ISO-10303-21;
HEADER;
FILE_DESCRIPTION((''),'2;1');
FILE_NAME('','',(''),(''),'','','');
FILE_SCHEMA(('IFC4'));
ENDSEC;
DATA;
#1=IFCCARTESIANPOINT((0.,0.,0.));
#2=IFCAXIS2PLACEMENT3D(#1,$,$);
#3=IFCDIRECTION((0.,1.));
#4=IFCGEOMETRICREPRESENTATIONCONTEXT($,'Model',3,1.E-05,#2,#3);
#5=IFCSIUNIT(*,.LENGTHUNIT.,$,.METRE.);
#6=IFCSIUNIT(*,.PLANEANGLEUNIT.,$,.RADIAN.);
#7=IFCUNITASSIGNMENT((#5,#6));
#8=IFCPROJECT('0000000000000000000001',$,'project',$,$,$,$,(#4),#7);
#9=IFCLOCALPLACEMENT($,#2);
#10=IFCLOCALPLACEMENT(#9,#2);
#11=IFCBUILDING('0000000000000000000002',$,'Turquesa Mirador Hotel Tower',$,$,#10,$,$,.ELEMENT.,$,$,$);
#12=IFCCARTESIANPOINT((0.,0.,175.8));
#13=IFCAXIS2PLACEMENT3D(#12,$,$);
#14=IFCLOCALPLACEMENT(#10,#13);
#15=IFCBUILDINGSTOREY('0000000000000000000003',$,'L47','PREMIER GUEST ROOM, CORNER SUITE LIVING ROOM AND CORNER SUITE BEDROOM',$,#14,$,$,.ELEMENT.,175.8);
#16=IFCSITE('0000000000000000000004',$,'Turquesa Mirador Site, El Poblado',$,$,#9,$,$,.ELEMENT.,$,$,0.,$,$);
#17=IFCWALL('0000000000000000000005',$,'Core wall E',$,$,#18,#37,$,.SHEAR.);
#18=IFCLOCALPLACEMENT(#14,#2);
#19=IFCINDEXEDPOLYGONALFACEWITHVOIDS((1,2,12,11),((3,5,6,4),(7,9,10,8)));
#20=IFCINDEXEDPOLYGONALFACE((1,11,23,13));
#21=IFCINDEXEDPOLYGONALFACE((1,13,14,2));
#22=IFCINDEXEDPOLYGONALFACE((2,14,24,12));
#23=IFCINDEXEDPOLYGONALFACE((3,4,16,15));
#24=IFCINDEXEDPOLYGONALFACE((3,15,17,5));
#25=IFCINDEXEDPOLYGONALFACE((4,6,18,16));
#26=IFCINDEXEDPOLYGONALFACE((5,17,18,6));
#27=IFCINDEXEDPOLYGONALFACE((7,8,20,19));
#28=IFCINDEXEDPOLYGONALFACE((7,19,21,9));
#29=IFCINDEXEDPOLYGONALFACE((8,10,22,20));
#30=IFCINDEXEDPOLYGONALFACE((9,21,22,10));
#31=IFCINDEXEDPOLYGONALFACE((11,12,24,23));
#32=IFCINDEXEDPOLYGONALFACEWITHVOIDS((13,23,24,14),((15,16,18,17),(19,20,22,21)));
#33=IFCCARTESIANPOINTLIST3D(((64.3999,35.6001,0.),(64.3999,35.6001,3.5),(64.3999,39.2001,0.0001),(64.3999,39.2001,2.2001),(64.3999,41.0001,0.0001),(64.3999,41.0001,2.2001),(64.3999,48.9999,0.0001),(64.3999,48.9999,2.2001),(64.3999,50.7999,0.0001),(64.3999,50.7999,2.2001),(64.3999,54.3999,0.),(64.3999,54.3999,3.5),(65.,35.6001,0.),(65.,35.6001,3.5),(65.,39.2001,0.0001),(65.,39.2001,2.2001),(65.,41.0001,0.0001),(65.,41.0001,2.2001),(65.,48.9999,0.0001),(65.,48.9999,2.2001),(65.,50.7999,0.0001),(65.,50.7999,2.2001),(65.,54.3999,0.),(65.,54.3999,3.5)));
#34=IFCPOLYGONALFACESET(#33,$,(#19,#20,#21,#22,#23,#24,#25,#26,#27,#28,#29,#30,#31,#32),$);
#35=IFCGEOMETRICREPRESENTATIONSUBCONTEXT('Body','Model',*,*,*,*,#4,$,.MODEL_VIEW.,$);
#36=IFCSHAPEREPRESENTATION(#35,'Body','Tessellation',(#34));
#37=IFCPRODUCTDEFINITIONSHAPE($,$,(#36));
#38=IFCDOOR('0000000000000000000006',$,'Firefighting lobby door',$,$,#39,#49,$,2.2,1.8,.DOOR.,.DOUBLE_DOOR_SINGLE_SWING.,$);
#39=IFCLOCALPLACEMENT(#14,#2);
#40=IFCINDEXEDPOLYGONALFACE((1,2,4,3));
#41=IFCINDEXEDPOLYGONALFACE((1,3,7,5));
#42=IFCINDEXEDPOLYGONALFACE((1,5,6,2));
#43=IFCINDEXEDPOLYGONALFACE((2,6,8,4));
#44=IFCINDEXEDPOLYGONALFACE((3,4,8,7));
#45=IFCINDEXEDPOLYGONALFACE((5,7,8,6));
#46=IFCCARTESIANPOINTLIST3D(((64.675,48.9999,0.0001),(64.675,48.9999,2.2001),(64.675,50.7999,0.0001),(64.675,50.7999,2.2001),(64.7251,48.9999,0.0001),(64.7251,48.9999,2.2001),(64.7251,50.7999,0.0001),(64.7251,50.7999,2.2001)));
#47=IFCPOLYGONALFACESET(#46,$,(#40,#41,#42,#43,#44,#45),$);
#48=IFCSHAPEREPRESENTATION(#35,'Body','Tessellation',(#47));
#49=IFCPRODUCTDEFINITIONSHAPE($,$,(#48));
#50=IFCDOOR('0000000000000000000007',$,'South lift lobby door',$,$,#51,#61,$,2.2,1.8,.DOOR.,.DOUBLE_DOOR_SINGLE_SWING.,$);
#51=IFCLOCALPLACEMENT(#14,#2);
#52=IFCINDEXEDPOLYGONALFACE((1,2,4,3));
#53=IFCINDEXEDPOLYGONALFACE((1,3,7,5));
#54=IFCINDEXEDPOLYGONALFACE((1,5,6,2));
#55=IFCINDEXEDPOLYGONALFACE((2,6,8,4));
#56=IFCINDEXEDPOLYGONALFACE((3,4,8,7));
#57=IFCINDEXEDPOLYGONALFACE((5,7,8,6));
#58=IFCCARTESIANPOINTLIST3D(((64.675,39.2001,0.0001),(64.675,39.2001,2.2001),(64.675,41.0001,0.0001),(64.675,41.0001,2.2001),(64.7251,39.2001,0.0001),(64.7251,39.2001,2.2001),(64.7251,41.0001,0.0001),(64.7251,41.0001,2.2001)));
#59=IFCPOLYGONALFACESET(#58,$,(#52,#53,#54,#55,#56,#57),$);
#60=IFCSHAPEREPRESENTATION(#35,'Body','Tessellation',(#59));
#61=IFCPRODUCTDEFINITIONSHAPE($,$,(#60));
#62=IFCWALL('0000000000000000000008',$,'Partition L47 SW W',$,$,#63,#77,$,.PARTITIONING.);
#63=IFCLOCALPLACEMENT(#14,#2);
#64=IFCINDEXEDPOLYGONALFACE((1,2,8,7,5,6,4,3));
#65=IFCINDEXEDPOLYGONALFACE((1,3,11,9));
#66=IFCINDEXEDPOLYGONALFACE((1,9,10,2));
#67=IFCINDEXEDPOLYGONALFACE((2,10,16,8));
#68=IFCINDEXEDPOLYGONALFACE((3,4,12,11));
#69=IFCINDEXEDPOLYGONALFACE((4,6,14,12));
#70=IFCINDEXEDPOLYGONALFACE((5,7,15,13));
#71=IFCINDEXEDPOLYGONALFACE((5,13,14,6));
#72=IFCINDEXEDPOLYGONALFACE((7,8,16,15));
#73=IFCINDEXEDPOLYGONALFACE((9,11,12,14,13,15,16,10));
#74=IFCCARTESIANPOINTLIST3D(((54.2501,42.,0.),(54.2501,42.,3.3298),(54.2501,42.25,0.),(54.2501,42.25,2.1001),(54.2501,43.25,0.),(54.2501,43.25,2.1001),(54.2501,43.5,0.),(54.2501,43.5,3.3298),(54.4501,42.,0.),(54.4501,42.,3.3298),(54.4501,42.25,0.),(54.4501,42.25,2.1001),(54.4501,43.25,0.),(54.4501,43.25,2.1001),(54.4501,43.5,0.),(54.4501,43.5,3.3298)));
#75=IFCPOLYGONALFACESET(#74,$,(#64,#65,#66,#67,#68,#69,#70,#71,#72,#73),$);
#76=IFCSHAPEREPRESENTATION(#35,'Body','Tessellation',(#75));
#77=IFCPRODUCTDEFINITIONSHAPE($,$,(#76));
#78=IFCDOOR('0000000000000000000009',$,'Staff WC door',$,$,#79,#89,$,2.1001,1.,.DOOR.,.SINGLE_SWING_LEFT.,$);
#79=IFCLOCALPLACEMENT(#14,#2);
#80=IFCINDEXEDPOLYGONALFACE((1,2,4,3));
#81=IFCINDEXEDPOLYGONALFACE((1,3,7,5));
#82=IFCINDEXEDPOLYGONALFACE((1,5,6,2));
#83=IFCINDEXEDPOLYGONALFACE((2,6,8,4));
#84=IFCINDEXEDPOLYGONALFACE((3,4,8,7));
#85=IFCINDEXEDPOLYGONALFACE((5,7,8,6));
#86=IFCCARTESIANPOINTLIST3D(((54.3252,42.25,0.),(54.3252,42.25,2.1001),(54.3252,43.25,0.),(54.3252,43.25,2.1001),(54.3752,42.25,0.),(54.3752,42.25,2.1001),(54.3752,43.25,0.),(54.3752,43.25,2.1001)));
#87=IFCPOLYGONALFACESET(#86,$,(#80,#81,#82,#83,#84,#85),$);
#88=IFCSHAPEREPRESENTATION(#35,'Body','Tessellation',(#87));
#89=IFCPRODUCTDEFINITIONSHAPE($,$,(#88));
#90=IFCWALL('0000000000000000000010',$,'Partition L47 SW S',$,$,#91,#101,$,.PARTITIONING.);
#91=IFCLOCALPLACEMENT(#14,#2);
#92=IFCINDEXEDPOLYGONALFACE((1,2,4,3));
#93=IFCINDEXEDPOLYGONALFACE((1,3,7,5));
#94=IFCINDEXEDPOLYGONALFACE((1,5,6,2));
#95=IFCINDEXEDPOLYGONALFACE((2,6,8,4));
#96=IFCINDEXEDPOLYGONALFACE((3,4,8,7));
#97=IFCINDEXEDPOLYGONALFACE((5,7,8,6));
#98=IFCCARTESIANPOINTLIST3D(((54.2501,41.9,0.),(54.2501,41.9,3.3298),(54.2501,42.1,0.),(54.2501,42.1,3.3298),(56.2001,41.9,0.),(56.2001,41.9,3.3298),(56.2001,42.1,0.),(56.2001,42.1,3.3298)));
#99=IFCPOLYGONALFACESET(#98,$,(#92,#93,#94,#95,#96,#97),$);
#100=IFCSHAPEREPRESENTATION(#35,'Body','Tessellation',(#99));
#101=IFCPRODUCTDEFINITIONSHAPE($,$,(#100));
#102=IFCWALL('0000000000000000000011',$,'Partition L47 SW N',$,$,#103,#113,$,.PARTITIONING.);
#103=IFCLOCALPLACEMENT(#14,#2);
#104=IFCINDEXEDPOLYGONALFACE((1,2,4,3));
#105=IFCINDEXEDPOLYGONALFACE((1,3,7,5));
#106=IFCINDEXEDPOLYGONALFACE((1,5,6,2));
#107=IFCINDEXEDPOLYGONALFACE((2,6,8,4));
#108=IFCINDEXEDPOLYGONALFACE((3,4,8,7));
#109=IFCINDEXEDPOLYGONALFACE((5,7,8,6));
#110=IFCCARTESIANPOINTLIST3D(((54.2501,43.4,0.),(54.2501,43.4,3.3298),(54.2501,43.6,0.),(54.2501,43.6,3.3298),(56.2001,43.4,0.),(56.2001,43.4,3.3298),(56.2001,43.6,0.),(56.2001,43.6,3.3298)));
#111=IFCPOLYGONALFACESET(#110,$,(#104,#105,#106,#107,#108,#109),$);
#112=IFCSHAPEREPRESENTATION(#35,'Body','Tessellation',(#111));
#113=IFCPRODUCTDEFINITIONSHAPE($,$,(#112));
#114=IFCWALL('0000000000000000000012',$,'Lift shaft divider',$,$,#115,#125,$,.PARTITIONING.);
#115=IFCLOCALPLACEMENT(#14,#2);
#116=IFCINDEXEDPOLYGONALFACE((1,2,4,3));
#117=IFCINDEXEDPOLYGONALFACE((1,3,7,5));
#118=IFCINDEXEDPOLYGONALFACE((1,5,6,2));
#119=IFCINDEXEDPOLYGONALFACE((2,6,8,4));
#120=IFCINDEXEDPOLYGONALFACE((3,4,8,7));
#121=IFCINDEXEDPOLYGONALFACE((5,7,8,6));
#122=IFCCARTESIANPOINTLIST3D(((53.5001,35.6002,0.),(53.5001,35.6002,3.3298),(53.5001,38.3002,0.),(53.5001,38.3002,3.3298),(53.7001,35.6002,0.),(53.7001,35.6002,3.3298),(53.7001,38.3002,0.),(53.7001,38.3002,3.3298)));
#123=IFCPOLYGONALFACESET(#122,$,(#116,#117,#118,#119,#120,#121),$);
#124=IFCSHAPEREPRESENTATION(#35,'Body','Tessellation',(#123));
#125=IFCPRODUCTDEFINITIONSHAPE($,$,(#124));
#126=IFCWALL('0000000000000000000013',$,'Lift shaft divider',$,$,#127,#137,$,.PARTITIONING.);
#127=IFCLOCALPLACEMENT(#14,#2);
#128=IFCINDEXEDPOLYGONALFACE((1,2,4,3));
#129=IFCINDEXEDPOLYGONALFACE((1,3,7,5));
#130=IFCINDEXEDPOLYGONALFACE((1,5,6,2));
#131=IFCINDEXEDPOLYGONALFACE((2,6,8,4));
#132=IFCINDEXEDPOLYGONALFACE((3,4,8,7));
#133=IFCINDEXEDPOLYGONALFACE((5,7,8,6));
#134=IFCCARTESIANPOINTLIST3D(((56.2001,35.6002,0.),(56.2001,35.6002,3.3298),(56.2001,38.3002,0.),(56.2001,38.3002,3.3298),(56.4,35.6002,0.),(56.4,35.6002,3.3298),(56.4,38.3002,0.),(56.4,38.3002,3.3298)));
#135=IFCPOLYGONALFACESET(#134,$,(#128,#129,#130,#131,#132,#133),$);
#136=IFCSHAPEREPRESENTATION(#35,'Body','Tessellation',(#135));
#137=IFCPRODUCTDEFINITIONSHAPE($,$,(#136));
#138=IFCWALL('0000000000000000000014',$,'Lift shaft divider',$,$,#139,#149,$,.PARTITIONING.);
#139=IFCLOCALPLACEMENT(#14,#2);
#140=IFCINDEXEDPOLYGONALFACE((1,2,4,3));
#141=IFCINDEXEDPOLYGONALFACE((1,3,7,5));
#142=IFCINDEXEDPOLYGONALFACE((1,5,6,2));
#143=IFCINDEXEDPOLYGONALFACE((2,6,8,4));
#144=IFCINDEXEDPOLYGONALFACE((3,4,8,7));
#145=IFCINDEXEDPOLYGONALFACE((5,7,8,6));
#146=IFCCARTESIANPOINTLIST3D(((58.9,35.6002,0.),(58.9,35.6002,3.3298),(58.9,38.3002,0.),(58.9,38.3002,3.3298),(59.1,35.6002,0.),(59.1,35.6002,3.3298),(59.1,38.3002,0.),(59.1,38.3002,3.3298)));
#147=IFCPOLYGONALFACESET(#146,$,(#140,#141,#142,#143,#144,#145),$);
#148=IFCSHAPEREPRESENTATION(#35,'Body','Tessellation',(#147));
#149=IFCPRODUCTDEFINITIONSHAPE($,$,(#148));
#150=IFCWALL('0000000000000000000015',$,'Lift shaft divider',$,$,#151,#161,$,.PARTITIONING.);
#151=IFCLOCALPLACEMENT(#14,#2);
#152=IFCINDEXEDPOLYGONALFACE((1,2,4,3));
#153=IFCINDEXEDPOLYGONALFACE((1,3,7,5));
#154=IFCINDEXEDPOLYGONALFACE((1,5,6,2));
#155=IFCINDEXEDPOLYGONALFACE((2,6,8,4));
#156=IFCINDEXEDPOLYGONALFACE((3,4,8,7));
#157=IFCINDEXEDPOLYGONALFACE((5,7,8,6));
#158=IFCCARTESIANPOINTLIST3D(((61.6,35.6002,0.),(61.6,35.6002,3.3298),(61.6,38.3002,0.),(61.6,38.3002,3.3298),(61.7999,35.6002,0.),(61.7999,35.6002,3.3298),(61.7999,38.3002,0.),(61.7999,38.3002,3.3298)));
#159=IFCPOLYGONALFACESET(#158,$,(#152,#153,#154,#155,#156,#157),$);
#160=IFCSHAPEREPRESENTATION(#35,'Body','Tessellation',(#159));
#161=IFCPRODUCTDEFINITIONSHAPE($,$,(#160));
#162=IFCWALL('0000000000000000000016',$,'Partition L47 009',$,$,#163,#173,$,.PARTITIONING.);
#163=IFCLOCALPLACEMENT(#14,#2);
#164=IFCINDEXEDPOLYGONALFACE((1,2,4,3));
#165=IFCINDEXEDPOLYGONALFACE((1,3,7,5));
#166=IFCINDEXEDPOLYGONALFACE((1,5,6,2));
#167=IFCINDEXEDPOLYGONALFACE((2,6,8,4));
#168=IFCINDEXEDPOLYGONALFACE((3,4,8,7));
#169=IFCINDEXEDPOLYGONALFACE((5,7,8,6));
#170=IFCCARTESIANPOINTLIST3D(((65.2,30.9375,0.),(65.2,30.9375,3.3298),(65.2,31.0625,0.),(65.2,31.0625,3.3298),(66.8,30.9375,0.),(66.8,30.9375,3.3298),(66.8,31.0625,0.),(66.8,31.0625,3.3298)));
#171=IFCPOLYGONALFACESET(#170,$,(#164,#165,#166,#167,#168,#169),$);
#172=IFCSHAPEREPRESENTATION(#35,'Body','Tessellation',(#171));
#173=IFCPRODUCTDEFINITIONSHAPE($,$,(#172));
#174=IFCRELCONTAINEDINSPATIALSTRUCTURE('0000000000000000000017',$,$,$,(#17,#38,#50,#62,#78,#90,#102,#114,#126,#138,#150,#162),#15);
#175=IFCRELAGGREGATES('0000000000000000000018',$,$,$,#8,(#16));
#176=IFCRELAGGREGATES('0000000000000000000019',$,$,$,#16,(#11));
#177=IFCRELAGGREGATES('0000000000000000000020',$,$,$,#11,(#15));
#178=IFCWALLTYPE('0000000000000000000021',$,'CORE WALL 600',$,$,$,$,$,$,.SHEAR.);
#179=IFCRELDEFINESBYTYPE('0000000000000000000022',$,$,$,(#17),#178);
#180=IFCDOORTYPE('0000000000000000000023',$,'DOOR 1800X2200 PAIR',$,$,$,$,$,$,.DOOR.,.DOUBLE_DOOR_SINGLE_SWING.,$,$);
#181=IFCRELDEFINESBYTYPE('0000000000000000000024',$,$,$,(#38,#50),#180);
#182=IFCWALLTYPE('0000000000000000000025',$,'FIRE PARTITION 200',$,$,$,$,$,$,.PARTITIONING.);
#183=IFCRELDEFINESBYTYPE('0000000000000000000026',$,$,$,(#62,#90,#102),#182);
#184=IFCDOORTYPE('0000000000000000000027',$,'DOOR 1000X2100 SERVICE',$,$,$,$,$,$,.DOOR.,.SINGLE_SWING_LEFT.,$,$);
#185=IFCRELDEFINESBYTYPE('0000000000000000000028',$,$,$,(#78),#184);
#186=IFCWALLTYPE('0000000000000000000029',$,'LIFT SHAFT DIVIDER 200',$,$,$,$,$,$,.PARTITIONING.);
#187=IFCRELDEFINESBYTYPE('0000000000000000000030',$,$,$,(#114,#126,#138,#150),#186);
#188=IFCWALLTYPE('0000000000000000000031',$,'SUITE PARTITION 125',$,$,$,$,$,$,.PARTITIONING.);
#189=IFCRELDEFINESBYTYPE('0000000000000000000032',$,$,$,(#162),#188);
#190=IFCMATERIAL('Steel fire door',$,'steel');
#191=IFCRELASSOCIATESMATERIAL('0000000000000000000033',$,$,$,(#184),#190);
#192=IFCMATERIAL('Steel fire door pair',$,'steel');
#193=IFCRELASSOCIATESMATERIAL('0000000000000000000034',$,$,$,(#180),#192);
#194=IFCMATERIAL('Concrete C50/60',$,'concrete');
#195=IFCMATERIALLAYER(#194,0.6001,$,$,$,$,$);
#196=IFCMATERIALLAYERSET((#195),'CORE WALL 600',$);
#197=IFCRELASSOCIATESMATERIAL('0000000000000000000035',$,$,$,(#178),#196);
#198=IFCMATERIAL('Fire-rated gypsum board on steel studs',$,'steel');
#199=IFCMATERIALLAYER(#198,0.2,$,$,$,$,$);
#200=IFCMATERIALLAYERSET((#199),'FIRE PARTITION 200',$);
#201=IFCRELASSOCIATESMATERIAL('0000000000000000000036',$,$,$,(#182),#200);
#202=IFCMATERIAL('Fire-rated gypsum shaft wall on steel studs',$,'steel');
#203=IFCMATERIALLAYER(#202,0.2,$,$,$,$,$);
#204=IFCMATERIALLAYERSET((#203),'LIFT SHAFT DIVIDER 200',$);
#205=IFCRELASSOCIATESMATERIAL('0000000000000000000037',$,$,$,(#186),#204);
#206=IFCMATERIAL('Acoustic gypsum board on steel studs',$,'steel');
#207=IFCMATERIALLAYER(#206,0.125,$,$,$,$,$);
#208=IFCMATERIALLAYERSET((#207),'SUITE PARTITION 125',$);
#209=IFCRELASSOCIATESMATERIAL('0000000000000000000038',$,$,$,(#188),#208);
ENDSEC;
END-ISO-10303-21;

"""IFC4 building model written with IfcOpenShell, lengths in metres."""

from ifc_helpers import new_model, si_unit, direction, frame, frame_2d, origin, place, context, subcontext, project, spatial, rectangle, extrude, material, layer, layer_set, type_object, element, fill, save


model = new_model("IFC4")

# Units and contexts
model_context = context("Model", 3, precision=1e-05, world=origin(), true_north=direction((0.0, 1.0)))
body_context = subcontext(model_context, "Body", "Model", "MODEL_VIEW")
ifc_project = project(units=[si_unit("LENGTHUNIT", "METRE"), si_unit("PLANEANGLEUNIT", "RADIAN")], contexts=[model_context])

# Site, building, storey
site_placement = place(None, origin())
site = spatial("IfcSite", under=ifc_project, at=site_placement, Name="Turquesa Mirador Site, El Poblado", CompositionType="ELEMENT", RefElevation=0.0)
building_placement = place(site_placement, origin())
building = spatial("IfcBuilding", under=site, at=building_placement, Name="Turquesa Mirador Hotel Tower", CompositionType="ELEMENT")
storey_placement = place(building_placement, frame((0.0, 0.0, 175.8)))
storey = spatial("IfcBuildingStorey", under=building, at=storey_placement, Name="L47", Description="PREMIER GUEST ROOM, CORNER SUITE LIVING ROOM AND CORNER SUITE BEDROOM", CompositionType="ELEMENT", Elevation=175.8)

# Shared definitions
ifc_material_1 = material(Name="Steel fire door", Category="steel")
door_type_1 = type_object("IfcDoorType", Name="DOOR 1000X2100 SERVICE", OperationType="SINGLE_SWING_LEFT", PredefinedType="DOOR", material=ifc_material_1)
ifc_material_2 = material(Name="Steel fire door pair", Category="steel")
door_type_2 = type_object("IfcDoorType", Name="DOOR 1800X2200 PAIR", OperationType="DOUBLE_DOOR_SINGLE_SWING", PredefinedType="DOOR", material=ifc_material_2)

# Wall, openings, doors
ifc_material_3 = material(Name="Concrete C50/60", Category="concrete")
ifc_layer_1 = layer(ifc_material_3, 0.6001)
ifc_layer_set_1 = layer_set([ifc_layer_1], Name="CORE WALL 600")
wall_type_1 = type_object("IfcWallType", Name="CORE WALL 600", PredefinedType="SHEAR", material=ifc_layer_set_1)
wall_1_placement = place(storey_placement, frame((64.7, 35.6001, 0.0), z_axis=(0.0, 0.0, 1.0), x_axis=(0.0, 1.0, 0.0)))
wall_1 = element("IfcWall", 1, at=wall_1_placement, inside=storey, type_object=wall_type_1, Name="Core wall E", PredefinedType="SHEAR", context=body_context, shape_type="SweptSolid", body=[
    extrude(rectangle(XDim=18.7998, YDim=0.6001, at=frame_2d((9.3999, 0.0))), origin(), (0.0, 0.0, 1.0), 3.5),
])
opening_1_placement = place(wall_1_placement, frame((13.3999, 0.0, 0.0)))
opening_1 = element("IfcOpeningElement", 2, at=opening_1_placement, cuts=wall_1, PredefinedType="OPENING", context=body_context, shape_type="SweptSolid", body=[
    extrude(rectangle(XDim=1.8, YDim=2.2, at=frame_2d((0.8999, 1.1001))), frame((0.0, 0.3101, 0.0), z_axis=(0.0, -1.0, 0.0), x_axis=(1.0, 0.0, 0.0)), (0.0, 0.0, 1.0), 0.6201),
])
opening_2_placement = place(wall_1_placement, frame((3.6001, 0.0, 0.0)))
opening_2 = element("IfcOpeningElement", 3, at=opening_2_placement, cuts=wall_1, PredefinedType="OPENING", context=body_context, shape_type="SweptSolid", body=[
    extrude(rectangle(XDim=1.8, YDim=2.2, at=frame_2d((0.8999, 1.1001))), frame((0.0, 0.3101, 0.0), z_axis=(0.0, -1.0, 0.0), x_axis=(1.0, 0.0, 0.0)), (0.0, 0.0, 1.0), 0.6201),
])
door_1_placement = place(opening_1_placement, origin())
door_1 = element("IfcDoor", 4, at=door_1_placement, inside=storey, type_object=door_type_2, Name="Firefighting lobby door", OperationType="DOUBLE_DOOR_SINGLE_SWING", OverallHeight=2.2, OverallWidth=1.8, PredefinedType="DOOR", context=body_context, shape_type="SweptSolid", body=[
    extrude(rectangle(XDim=1.8, YDim=2.2, at=frame_2d((0.8999, 1.1001))), frame((0.0, 0.0249, 0.0), z_axis=(0.0, -1.0, 0.0), x_axis=(1.0, 0.0, 0.0)), (0.0, 0.0, 1.0), 0.05),
])
fill(opening_1, door_1)
door_2_placement = place(opening_2_placement, origin())
door_2 = element("IfcDoor", 5, at=door_2_placement, inside=storey, type_object=door_type_2, Name="South lift lobby door", OperationType="DOUBLE_DOOR_SINGLE_SWING", OverallHeight=2.2, OverallWidth=1.8, PredefinedType="DOOR", context=body_context, shape_type="SweptSolid", body=[
    extrude(rectangle(XDim=1.8, YDim=2.2, at=frame_2d((0.8999, 1.1001))), frame((0.0, 0.0249, 0.0), z_axis=(0.0, -1.0, 0.0), x_axis=(1.0, 0.0, 0.0)), (0.0, 0.0, 1.0), 0.05),
])
fill(opening_2, door_2)

# Wall, opening, door
ifc_material_4 = material(Name="Fire-rated gypsum board on steel studs", Category="steel")
ifc_layer_2 = layer(ifc_material_4, 0.2)
ifc_layer_set_2 = layer_set([ifc_layer_2], Name="FIRE PARTITION 200")
wall_type_2 = type_object("IfcWallType", Name="FIRE PARTITION 200", PredefinedType="PARTITIONING", material=ifc_layer_set_2)
wall_2_placement = place(storey_placement, frame((54.3501, 42.0, 0.0), z_axis=(0.0, 0.0, 1.0), x_axis=(0.0, 1.0, 0.0)))
wall_2 = element("IfcWall", 6, at=wall_2_placement, inside=storey, type_object=wall_type_2, Name="Partition L47 SW W", PredefinedType="PARTITIONING", context=body_context, shape_type="SweptSolid", body=[
    extrude(rectangle(XDim=1.5, YDim=0.2, at=frame_2d((0.75, 0.0))), origin(), (0.0, 0.0, 1.0), 3.3298),
])
opening_3_placement = place(wall_2_placement, frame((0.25, 0.0, 0.0)))
opening_3 = element("IfcOpeningElement", 7, at=opening_3_placement, cuts=wall_2, PredefinedType="OPENING", context=body_context, shape_type="SweptSolid", body=[
    extrude(rectangle(XDim=1.0, YDim=2.1001, at=frame_2d((0.5, 1.05))), frame((0.0, 0.1099, 0.0), z_axis=(0.0, -1.0, 0.0), x_axis=(1.0, 0.0, 0.0)), (0.0, 0.0, 1.0), 0.22),
])
door_3_placement = place(opening_3_placement, origin())
door_3 = element("IfcDoor", 8, at=door_3_placement, inside=storey, type_object=door_type_1, Name="Staff WC door", OperationType="SINGLE_SWING_LEFT", OverallHeight=2.1001, OverallWidth=1.0, PredefinedType="DOOR", context=body_context, shape_type="SweptSolid", body=[
    extrude(rectangle(XDim=1.0, YDim=2.1001, at=frame_2d((0.5, 1.05))), frame((0.0, 0.0249, 0.0), z_axis=(0.0, -1.0, 0.0), x_axis=(1.0, 0.0, 0.0)), (0.0, 0.0, 1.0), 0.05),
])
fill(opening_3, door_3)

# Walls
for number, where, z_axis, x_axis, name in (
    (9, (54.25, 42.0, 0.0), (0.0, 0.0, 1.0), (1.0, 0.0, 0.0), "Partition L47 SW S"),
    (10, (54.25, 43.5, 0.0), (0.0, 0.0, 1.0), (1.0, 0.0, 0.0), "Partition L47 SW N"),
):
    element("IfcWall", number, at=place(storey_placement, frame(where, z_axis=z_axis, x_axis=x_axis)), inside=storey, type_object=wall_type_2, Name=name, PredefinedType="PARTITIONING", context=body_context, shape_type="SweptSolid", body=[
        extrude(rectangle(XDim=1.95, YDim=0.2, at=frame_2d((0.9751, 0.0))), origin(), (0.0, 0.0, 1.0), 3.3298),
    ])
ifc_material_5 = material(Name="Fire-rated gypsum shaft wall on steel studs", Category="steel")
ifc_layer_3 = layer(ifc_material_5, 0.2)
ifc_layer_set_3 = layer_set([ifc_layer_3], Name="LIFT SHAFT DIVIDER 200")
wall_type_3 = type_object("IfcWallType", Name="LIFT SHAFT DIVIDER 200", PredefinedType="PARTITIONING", material=ifc_layer_set_3)
for number, where, z_axis, x_axis, name in (
    (11, (53.6001, 35.6001, 0.0), (0.0, 0.0, 1.0), (0.0, 1.0, 0.0), "Lift shaft divider"),
    (12, (56.3, 35.6001, 0.0), (0.0, 0.0, 1.0), (0.0, 1.0, 0.0), "Lift shaft divider"),
    (13, (59.0, 35.6001, 0.0), (0.0, 0.0, 1.0), (0.0, 1.0, 0.0), "Lift shaft divider"),
    (14, (61.7, 35.6001, 0.0), (0.0, 0.0, 1.0), (0.0, 1.0, 0.0), "Lift shaft divider"),
):
    element("IfcWall", number, at=place(storey_placement, frame(where, z_axis=z_axis, x_axis=x_axis)), inside=storey, type_object=wall_type_3, Name=name, PredefinedType="PARTITIONING", context=body_context, shape_type="SweptSolid", body=[
        extrude(rectangle(XDim=2.7, YDim=0.2, at=frame_2d((1.3501, 0.0))), origin(), (0.0, 0.0, 1.0), 3.3298),
    ])
ifc_material_6 = material(Name="Acoustic gypsum board on steel studs", Category="steel")
ifc_layer_4 = layer(ifc_material_6, 0.125)
ifc_layer_set_4 = layer_set([ifc_layer_4], Name="SUITE PARTITION 125")
wall_type_4 = type_object("IfcWallType", Name="SUITE PARTITION 125", PredefinedType="PARTITIONING", material=ifc_layer_set_4)
wall_3_placement = place(storey_placement, frame((65.2, 31.0, 0.0), z_axis=(0.0, 0.0, 1.0), x_axis=(1.0, 0.0, 0.0)))
element("IfcWall", 15, at=wall_3_placement, inside=storey, type_object=wall_type_4, Name="Partition L47 009", PredefinedType="PARTITIONING", context=body_context, shape_type="SweptSolid", body=[
    extrude(rectangle(XDim=1.6001, YDim=0.125, at=frame_2d((0.8, 0.0))), origin(), (0.0, 0.0, 1.0), 3.3298),
])

save(model, "model.ifc")
